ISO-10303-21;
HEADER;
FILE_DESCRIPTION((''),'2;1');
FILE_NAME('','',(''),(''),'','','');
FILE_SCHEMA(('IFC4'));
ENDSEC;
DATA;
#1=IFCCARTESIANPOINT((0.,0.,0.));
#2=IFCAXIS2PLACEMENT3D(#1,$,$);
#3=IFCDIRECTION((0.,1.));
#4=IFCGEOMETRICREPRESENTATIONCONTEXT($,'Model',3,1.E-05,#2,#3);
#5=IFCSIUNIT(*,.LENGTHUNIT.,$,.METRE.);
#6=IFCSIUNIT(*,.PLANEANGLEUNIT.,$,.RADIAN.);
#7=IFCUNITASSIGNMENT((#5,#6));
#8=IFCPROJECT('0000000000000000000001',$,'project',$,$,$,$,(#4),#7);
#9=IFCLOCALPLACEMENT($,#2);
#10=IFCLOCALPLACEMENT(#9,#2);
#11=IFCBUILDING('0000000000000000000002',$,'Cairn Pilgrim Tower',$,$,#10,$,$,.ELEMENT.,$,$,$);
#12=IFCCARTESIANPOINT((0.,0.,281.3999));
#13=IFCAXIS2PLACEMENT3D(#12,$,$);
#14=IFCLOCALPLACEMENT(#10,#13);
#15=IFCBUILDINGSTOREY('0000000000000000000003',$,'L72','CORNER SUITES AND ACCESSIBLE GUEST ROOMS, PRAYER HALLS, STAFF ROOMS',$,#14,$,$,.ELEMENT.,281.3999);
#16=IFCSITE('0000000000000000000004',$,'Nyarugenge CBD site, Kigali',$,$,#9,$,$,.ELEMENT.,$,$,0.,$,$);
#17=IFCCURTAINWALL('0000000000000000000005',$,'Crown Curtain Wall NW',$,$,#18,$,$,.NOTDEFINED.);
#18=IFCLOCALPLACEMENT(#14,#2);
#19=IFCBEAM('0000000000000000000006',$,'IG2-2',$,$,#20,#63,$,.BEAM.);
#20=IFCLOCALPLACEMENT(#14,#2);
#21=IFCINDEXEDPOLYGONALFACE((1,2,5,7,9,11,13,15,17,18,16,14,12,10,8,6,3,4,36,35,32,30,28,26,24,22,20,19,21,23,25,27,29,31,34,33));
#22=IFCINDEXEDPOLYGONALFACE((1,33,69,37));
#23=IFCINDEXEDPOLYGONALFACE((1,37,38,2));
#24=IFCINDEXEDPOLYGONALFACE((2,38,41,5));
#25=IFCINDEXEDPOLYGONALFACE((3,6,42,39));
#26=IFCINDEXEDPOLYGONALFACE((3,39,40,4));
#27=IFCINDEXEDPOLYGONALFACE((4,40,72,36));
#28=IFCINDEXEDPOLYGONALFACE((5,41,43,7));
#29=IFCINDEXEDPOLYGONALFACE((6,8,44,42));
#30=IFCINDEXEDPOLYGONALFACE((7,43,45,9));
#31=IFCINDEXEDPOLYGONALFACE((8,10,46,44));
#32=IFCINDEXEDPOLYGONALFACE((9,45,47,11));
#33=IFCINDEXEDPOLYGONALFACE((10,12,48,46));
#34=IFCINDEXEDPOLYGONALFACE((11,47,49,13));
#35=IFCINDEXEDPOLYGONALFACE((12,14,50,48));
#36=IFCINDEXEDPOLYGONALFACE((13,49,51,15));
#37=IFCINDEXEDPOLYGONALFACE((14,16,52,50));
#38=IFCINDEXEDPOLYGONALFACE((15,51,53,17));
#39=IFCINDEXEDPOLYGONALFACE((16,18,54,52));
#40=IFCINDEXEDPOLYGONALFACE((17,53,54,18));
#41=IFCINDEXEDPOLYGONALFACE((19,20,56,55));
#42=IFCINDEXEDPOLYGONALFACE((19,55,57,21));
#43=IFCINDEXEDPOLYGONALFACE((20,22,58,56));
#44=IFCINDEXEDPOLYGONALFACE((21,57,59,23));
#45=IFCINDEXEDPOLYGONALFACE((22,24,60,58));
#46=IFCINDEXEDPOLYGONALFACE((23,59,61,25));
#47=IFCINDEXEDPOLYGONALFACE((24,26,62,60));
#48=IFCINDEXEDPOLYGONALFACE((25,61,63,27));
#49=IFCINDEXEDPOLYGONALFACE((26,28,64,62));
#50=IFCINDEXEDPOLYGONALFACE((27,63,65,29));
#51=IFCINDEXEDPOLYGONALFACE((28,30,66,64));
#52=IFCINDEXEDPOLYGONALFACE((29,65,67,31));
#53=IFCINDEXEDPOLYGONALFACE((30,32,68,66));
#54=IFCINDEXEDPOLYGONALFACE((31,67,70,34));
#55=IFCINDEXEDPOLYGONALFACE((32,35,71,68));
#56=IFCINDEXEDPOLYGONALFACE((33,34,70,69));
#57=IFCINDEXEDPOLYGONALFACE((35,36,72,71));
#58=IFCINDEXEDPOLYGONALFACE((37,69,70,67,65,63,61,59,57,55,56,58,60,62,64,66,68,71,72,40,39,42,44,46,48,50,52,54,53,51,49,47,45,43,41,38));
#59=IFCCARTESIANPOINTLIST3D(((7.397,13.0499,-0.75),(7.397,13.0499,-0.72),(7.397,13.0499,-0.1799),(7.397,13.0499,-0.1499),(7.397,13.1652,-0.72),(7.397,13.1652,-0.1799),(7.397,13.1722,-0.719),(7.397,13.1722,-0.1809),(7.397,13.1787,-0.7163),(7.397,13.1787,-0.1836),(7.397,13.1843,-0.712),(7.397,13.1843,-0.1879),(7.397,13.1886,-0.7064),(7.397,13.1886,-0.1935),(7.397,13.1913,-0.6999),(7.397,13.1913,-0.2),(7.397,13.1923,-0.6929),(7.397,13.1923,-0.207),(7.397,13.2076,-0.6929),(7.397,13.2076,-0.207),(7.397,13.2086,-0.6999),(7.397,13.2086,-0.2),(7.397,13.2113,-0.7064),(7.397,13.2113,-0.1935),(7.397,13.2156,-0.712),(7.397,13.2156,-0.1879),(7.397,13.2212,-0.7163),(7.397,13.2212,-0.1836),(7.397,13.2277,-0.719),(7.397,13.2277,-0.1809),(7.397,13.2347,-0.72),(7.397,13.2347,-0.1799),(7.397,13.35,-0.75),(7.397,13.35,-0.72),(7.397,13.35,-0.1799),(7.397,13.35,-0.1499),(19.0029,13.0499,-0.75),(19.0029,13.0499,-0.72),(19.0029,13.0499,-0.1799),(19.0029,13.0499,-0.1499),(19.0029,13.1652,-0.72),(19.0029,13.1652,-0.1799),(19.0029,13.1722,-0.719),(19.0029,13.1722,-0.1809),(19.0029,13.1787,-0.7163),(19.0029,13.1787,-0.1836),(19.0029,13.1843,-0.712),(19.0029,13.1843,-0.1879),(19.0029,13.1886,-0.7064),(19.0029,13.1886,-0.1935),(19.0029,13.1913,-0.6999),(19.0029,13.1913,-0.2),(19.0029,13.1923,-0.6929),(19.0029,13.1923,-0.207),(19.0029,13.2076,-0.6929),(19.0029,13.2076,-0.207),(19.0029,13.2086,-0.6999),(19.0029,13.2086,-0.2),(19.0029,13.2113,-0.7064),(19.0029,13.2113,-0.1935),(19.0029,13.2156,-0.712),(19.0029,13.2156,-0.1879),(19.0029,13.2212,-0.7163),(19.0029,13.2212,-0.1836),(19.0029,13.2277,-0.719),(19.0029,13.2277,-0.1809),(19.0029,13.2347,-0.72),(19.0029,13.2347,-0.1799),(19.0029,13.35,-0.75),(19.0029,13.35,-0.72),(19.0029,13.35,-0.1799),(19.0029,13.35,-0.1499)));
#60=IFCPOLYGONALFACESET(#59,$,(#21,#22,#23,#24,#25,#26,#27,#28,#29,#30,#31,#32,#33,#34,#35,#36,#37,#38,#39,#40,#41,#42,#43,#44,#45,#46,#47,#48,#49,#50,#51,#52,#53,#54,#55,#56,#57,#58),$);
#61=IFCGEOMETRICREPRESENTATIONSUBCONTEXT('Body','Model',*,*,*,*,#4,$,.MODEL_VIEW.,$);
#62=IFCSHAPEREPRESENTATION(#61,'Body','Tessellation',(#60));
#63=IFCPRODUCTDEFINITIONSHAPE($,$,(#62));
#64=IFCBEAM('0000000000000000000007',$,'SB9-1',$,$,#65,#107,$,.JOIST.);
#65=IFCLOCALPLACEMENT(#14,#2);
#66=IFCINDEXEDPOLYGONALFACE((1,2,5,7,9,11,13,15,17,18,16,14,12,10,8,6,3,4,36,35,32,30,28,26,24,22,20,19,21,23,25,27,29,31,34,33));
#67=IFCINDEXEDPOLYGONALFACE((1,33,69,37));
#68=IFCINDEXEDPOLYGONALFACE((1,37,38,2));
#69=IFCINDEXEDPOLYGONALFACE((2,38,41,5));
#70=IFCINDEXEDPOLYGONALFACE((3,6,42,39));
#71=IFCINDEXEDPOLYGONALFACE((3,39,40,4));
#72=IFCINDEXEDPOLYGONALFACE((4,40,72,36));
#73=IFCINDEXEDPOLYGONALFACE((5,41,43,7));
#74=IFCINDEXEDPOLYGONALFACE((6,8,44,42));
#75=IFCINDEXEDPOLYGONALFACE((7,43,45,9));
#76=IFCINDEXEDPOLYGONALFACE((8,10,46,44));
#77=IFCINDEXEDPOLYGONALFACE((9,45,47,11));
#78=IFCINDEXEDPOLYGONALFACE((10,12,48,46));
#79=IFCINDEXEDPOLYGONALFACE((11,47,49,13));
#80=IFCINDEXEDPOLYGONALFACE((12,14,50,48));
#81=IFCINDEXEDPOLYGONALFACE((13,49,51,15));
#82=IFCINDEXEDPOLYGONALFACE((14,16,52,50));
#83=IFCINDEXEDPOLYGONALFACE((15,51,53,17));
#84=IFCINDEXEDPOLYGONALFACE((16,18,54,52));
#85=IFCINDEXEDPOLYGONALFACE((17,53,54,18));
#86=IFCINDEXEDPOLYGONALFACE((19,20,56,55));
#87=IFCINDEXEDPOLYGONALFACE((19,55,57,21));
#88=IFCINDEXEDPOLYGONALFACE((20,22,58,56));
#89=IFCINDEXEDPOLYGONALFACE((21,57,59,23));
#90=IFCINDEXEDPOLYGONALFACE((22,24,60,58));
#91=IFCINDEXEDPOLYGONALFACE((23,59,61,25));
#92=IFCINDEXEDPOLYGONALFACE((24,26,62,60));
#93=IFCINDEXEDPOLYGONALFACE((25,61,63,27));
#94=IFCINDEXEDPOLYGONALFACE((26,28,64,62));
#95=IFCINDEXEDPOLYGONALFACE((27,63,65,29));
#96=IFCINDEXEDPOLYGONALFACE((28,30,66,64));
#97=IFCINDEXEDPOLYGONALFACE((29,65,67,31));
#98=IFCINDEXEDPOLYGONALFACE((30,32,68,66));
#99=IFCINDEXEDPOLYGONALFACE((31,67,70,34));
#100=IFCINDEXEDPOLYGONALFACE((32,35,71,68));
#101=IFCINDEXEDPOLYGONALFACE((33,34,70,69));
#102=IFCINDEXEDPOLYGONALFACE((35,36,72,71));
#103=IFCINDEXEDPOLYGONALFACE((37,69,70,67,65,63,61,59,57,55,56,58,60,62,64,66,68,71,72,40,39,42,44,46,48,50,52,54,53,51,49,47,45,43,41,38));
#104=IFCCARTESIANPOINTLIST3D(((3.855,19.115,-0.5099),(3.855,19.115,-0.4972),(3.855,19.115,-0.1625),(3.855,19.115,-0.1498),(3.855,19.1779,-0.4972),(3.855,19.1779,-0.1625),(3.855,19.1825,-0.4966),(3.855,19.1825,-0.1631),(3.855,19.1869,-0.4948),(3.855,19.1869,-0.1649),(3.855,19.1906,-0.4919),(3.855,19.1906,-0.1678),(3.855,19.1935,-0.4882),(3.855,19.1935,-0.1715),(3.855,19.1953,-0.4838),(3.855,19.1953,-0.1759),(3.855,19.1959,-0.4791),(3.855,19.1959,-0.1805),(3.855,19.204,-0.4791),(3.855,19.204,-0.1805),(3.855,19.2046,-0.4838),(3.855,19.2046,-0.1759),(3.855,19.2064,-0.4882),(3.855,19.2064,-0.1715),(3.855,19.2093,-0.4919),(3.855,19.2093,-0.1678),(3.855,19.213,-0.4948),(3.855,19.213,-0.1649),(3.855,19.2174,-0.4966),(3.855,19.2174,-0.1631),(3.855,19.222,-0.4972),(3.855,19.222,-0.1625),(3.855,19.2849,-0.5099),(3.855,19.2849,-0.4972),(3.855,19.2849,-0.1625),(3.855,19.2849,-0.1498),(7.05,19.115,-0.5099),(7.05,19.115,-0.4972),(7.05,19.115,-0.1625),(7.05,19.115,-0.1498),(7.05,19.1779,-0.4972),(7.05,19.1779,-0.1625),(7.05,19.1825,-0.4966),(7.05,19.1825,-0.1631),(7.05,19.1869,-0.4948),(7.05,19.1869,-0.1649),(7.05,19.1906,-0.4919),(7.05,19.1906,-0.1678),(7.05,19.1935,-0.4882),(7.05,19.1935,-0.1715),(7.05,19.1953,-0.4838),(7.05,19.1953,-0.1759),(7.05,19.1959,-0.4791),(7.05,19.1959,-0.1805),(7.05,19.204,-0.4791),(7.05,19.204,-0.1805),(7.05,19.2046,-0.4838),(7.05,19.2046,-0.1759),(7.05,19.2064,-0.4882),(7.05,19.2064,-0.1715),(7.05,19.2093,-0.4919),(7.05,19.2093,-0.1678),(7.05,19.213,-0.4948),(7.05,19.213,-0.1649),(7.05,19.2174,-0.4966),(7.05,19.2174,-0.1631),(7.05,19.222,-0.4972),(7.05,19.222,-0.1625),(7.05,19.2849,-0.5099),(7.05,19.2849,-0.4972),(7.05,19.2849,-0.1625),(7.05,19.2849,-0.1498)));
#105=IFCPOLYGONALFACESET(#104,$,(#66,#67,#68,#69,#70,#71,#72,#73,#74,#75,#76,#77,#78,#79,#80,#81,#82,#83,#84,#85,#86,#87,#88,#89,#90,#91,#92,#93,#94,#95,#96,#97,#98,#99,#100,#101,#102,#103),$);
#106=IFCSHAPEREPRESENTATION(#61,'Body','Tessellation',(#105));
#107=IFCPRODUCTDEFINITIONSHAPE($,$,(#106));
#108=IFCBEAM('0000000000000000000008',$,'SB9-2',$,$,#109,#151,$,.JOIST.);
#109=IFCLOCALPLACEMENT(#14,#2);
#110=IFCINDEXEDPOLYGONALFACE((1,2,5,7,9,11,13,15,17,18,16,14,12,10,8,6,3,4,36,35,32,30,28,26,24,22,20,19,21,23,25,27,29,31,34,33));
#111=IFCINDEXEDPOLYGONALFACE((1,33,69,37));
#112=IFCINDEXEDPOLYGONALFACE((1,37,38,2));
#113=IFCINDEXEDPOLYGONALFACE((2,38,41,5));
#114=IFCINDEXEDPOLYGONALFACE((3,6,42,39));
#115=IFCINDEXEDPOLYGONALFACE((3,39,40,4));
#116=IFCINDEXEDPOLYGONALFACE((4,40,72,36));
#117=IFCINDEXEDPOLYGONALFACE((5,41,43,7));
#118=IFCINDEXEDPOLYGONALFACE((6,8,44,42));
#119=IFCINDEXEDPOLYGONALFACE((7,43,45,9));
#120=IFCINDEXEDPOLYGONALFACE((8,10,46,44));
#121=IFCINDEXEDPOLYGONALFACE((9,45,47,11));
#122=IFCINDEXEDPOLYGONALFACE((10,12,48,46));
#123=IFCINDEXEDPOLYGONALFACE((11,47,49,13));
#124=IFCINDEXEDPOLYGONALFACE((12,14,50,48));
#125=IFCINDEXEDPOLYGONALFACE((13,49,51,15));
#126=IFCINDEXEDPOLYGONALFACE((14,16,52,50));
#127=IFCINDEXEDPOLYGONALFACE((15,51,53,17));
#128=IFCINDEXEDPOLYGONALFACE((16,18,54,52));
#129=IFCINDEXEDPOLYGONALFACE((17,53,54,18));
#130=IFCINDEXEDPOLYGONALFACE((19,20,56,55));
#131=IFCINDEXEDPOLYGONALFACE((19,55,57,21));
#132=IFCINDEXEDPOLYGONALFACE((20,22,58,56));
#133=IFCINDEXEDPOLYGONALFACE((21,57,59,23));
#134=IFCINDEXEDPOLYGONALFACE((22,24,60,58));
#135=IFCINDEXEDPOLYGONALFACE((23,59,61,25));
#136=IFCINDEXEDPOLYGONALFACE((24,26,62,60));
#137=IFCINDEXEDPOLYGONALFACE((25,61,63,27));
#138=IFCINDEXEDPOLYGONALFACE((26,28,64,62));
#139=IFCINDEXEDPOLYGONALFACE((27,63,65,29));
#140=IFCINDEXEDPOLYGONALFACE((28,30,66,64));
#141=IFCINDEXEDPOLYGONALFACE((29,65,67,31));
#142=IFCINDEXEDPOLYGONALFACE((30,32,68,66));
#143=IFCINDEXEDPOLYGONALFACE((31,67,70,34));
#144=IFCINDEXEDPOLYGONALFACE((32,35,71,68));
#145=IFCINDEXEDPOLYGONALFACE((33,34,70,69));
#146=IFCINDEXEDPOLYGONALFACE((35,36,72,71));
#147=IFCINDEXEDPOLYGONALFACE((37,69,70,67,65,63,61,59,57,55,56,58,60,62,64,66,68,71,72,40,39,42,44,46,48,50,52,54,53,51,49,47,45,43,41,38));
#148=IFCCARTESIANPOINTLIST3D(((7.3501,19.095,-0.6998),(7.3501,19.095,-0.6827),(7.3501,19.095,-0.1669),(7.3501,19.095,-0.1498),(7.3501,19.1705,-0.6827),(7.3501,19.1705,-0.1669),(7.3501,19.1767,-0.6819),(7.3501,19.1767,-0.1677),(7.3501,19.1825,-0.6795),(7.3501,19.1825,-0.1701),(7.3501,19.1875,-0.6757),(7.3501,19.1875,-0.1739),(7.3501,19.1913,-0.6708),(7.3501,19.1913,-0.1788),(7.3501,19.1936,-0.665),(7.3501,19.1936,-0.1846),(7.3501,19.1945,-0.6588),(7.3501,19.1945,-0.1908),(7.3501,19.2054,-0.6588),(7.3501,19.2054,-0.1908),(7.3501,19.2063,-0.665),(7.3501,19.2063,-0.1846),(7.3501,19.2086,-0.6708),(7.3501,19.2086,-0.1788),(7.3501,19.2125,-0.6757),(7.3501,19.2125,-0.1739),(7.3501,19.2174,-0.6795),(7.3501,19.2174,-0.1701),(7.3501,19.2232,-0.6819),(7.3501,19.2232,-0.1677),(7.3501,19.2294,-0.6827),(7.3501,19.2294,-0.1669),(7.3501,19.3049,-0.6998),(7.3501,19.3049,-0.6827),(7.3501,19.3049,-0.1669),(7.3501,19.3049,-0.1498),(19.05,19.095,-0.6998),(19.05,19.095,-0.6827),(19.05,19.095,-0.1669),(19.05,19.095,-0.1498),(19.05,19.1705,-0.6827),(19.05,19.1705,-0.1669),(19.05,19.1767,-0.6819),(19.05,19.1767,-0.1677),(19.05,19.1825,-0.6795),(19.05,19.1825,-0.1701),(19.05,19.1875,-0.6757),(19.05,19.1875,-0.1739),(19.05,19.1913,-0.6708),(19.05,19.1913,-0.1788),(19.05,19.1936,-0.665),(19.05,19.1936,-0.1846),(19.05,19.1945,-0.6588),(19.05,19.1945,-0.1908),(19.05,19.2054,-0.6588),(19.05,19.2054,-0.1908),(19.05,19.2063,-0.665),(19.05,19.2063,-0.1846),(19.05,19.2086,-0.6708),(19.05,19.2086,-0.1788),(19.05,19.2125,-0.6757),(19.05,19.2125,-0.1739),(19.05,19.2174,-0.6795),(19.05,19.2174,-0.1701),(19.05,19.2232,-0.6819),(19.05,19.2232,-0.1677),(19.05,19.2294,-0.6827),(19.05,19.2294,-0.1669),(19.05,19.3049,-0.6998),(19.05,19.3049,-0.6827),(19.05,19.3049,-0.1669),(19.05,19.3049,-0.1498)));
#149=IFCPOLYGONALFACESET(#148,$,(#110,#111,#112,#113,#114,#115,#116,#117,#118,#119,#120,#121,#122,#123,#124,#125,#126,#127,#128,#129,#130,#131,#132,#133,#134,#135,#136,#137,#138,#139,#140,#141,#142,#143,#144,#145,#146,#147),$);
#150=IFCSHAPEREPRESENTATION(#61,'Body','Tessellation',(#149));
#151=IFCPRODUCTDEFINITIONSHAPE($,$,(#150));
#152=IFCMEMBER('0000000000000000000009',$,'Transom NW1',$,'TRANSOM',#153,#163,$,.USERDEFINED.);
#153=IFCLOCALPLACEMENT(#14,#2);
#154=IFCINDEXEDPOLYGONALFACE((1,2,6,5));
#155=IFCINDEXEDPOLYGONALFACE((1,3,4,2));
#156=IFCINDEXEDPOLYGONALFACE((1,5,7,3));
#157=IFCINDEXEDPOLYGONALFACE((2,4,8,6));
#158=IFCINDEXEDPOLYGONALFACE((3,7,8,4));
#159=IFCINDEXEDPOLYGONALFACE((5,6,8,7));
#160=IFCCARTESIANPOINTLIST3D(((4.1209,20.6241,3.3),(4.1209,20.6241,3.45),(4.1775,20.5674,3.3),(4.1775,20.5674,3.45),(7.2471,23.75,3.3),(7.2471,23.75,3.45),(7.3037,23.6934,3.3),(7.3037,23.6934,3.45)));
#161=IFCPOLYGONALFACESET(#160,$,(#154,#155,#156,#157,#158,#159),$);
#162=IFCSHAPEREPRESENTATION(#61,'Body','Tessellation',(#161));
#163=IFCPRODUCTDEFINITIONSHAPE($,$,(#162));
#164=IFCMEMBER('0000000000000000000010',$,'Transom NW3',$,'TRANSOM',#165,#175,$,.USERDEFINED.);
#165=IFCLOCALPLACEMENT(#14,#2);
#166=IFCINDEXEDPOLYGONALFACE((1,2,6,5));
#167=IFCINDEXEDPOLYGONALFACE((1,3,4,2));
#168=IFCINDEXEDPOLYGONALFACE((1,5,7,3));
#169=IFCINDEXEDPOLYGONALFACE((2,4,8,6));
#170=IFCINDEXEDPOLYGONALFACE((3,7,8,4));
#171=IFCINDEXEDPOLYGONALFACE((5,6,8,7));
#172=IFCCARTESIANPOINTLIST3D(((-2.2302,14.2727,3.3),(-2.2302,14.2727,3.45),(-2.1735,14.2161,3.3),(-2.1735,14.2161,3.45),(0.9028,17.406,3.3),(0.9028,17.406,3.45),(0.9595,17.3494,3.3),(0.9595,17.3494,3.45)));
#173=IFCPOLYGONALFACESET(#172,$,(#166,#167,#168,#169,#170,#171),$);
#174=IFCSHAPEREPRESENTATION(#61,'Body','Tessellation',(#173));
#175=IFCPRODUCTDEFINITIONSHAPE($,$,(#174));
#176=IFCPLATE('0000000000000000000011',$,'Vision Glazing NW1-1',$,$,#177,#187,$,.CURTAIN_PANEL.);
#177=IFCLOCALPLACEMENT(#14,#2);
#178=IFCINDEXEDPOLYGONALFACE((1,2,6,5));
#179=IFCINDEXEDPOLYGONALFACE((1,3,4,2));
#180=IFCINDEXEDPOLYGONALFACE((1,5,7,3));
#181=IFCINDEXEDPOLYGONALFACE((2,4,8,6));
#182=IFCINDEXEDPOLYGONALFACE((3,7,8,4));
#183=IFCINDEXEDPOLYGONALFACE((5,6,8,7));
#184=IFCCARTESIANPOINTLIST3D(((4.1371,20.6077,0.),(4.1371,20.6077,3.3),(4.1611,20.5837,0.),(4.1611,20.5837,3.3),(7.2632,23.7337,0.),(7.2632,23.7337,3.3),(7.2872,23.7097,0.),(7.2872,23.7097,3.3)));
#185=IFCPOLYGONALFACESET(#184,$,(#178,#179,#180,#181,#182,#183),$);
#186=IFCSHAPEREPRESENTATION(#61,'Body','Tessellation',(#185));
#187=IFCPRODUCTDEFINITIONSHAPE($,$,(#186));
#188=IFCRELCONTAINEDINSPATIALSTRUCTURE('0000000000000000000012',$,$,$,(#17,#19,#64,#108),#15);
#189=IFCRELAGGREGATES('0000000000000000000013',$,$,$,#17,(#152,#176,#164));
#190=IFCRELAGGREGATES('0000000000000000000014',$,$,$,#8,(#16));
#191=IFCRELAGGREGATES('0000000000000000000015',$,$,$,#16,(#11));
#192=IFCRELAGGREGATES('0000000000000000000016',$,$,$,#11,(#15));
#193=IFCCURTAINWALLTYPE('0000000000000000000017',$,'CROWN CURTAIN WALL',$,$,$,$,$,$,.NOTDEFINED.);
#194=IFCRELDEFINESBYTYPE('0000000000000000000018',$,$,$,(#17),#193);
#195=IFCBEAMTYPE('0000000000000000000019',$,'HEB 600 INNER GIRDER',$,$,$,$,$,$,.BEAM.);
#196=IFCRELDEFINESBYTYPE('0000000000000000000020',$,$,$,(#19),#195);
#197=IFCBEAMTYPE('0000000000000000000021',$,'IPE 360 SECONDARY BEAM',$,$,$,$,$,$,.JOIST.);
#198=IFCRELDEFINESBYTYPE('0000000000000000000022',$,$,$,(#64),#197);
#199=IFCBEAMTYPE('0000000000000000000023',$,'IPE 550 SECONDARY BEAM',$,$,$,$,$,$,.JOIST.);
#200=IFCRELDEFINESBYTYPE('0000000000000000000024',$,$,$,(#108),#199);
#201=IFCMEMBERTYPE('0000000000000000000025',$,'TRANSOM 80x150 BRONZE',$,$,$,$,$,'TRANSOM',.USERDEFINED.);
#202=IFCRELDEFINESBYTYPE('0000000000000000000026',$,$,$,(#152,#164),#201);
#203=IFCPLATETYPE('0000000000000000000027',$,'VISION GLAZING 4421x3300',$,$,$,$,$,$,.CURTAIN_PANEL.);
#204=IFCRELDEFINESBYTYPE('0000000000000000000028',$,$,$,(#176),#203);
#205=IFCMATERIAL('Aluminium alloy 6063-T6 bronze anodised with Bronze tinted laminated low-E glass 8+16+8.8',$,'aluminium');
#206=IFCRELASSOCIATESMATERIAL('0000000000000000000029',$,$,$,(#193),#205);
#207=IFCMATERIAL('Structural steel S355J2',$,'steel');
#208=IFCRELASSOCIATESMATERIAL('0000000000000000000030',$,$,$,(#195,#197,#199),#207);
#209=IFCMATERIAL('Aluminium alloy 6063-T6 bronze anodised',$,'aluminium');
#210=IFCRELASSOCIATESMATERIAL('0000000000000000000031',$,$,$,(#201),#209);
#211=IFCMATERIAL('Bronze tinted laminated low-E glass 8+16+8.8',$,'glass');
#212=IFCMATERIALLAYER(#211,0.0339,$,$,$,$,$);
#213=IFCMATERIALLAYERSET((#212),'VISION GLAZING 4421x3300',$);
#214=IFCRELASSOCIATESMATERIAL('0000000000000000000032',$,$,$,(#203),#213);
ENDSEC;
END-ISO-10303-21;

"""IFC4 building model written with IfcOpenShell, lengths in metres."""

from ifc_helpers import new_model, si_unit, direction, frame, origin, origin_2d, place, context, subcontext, project, spatial, rectangle, i_section, extrude, material, layer, layer_set, material_profile, profile_set, type_object, element, aggregate, save


model = new_model("IFC4")

# Units and contexts
model_context = context("Model", 3, precision=1e-05, world=origin(), true_north=direction((0.0, 1.0)))
body_context = subcontext(model_context, "Body", "Model", "MODEL_VIEW")
ifc_project = project(units=[si_unit("LENGTHUNIT", "METRE"), si_unit("PLANEANGLEUNIT", "RADIAN")], contexts=[model_context])

# Site, building, storey
site_placement = place(None, origin())
site = spatial("IfcSite", under=ifc_project, at=site_placement, Name="Nyarugenge CBD site, Kigali", CompositionType="ELEMENT", RefElevation=0.0)
building_placement = place(site_placement, origin())
building = spatial("IfcBuilding", under=site, at=building_placement, Name="Cairn Pilgrim Tower", CompositionType="ELEMENT")
storey_placement = place(building_placement, frame((0.0, 0.0, 281.3999)))
storey = spatial("IfcBuildingStorey", under=building, at=storey_placement, Name="L72", Description="CORNER SUITES AND ACCESSIBLE GUEST ROOMS, PRAYER HALLS, STAFF ROOMS", CompositionType="ELEMENT", Elevation=281.3999)

# Shared definitions
ifc_material_1 = material(Name="Structural steel S355J2", Category="steel")

# Curtain wall
ifc_material_2 = material(Name="Aluminium alloy 6063-T6 bronze anodised with Bronze tinted laminated low-E glass 8+16+8.8", Category="aluminium")
curtain_wall_type = type_object("IfcCurtainWallType", Name="CROWN CURTAIN WALL", PredefinedType="NOTDEFINED", material=ifc_material_2)
curtain_wall_placement = place(storey_placement, origin())
curtain_wall = element("IfcCurtainWall", 1, at=curtain_wall_placement, inside=storey, type_object=curtain_wall_type, Name="Crown Curtain Wall NW", PredefinedType="NOTDEFINED")
ifc_material_3 = material(Name="Aluminium alloy 6063-T6 bronze anodised", Category="aluminium")

# Beams
ifc_material_profile_1 = material_profile(ifc_material_1, i_section(OverallWidth=0.3, OverallDepth=0.6001, WebThickness=0.0154, FlangeThickness=0.03, FilletRadius=0.0271, at=origin_2d()), Name="HEB 600")
ifc_profile_set_1 = profile_set([ifc_material_profile_1], Name="Structural steel S355J2")
beam_type_1 = type_object("IfcBeamType", Name="HEB 600 INNER GIRDER", PredefinedType="BEAM", material=ifc_profile_set_1)
beam_1_placement = place(storey_placement, frame((7.397, 13.2, -0.45), z_axis=(1.0, 0.0, 0.0), x_axis=(0.0, 1.0, 0.0)))
element("IfcBeam", 2, at=beam_1_placement, inside=storey, type_object=beam_type_1, Name="IG2-2", PredefinedType="BEAM", context=body_context, shape_type="SweptSolid", body=[
    extrude(i_section(OverallWidth=0.3, OverallDepth=0.6001, WebThickness=0.0154, FlangeThickness=0.03, FilletRadius=0.0271, at=origin_2d()), origin(), (0.0, 0.0, 1.0), 11.606),
])
ifc_material_profile_2 = material_profile(ifc_material_1, i_section(OverallWidth=0.1699, OverallDepth=0.3601, WebThickness=0.0081, FlangeThickness=0.0127, FilletRadius=0.0181, at=origin_2d()), Name="IPE 360")
ifc_profile_set_2 = profile_set([ifc_material_profile_2], Name="Structural steel S355J2")
beam_type_2 = type_object("IfcBeamType", Name="IPE 360 SECONDARY BEAM", PredefinedType="JOIST", material=ifc_profile_set_2)
beam_2_placement = place(storey_placement, frame((3.855, 19.2, -0.3298), z_axis=(1.0, 0.0, 0.0), x_axis=(0.0, 1.0, 0.0)))
element("IfcBeam", 3, at=beam_2_placement, inside=storey, type_object=beam_type_2, Name="SB9-1", PredefinedType="JOIST", context=body_context, shape_type="SweptSolid", body=[
    extrude(i_section(OverallWidth=0.1699, OverallDepth=0.3601, WebThickness=0.0081, FlangeThickness=0.0127, FilletRadius=0.0181, at=origin_2d()), origin(), (0.0, 0.0, 1.0), 3.1951),
])
ifc_material_profile_3 = material_profile(ifc_material_1, i_section(OverallWidth=0.21, OverallDepth=0.55, WebThickness=0.011, FlangeThickness=0.0171, FilletRadius=0.0239, at=origin_2d()), Name="IPE 550")
ifc_profile_set_3 = profile_set([ifc_material_profile_3], Name="Structural steel S355J2")
beam_type_3 = type_object("IfcBeamType", Name="IPE 550 SECONDARY BEAM", PredefinedType="JOIST", material=ifc_profile_set_3)
beam_3_placement = place(storey_placement, frame((7.3501, 19.2, -0.4248), z_axis=(1.0, 0.0, 0.0), x_axis=(0.0, 1.0, 0.0)))
element("IfcBeam", 4, at=beam_3_placement, inside=storey, type_object=beam_type_3, Name="SB9-2", PredefinedType="JOIST", context=body_context, shape_type="SweptSolid", body=[
    extrude(i_section(OverallWidth=0.21, OverallDepth=0.55, WebThickness=0.011, FlangeThickness=0.0171, FilletRadius=0.0239, at=origin_2d()), origin(), (0.0, 0.0, 1.0), 11.7),
])

# Members
ifc_material_profile_4 = material_profile(ifc_material_3, rectangle(XDim=0.0801, YDim=0.1499, at=origin_2d()), Name="TRANSOM 80x150 BRONZE")
ifc_profile_set_4 = profile_set([ifc_material_profile_4], Name="Aluminium alloy 6063-T6 bronze anodised")
member_type_1 = type_object("IfcMemberType", Name="TRANSOM 80x150 BRONZE", ElementType="TRANSOM", PredefinedType="USERDEFINED", material=ifc_profile_set_4)
member_1_placement = place(storey_placement, frame((7.2754, 23.7217, 3.375), z_axis=(-0.707134, -0.707079, 0.0), x_axis=(0.707079, -0.707134, 0.0)))
member_1 = element("IfcMember", 5, at=member_1_placement, type_object=member_type_1, Name="Transom NW1", ObjectType="TRANSOM", PredefinedType="USERDEFINED", context=body_context, shape_type="SweptSolid", body=[
    extrude(rectangle(XDim=0.0801, YDim=0.1499, at=origin_2d()), origin(), (0.0, 0.0, 1.0), 4.4209),
])
member_2_placement = place(storey_placement, frame((0.9312, 17.3777, 3.375), z_axis=(-0.707079, -0.707134, 0.0), x_axis=(0.707134, -0.707079, 0.0)))
member_2 = element("IfcMember", 6, at=member_2_placement, type_object=member_type_1, Name="Transom NW3", ObjectType="TRANSOM", PredefinedType="USERDEFINED", context=body_context, shape_type="SweptSolid", body=[
    extrude(rectangle(XDim=0.0801, YDim=0.1499, at=origin_2d()), origin(), (0.0, 0.0, 1.0), 4.4309),
])

# Plate
ifc_material_4 = material(Name="Bronze tinted laminated low-E glass 8+16+8.8", Category="glass")
ifc_layer_1 = layer(ifc_material_4, 0.0339)
ifc_layer_set_1 = layer_set([ifc_layer_1], Name="VISION GLAZING 4421x3300")
plate_type = type_object("IfcPlateType", Name="VISION GLAZING 4421x3300", PredefinedType="CURTAIN_PANEL", material=ifc_layer_set_1)
plate_placement = place(storey_placement, frame((5.7122, 22.1587, 0.0), z_axis=(0.0, 0.0, 1.0), x_axis=(-0.707107, -0.707107, 0.0)))
plate = element("IfcPlate", 7, at=plate_placement, type_object=plate_type, Name="Vision Glazing NW1-1", PredefinedType="CURTAIN_PANEL", context=body_context, shape_type="SweptSolid", body=[
    extrude(rectangle(XDim=4.4209, YDim=0.0339, at=origin_2d()), origin(), (0.0, 0.0, 1.0), 3.3),
])
aggregate(curtain_wall, [member_1, plate, member_2])

save(model, "model.ifc")
